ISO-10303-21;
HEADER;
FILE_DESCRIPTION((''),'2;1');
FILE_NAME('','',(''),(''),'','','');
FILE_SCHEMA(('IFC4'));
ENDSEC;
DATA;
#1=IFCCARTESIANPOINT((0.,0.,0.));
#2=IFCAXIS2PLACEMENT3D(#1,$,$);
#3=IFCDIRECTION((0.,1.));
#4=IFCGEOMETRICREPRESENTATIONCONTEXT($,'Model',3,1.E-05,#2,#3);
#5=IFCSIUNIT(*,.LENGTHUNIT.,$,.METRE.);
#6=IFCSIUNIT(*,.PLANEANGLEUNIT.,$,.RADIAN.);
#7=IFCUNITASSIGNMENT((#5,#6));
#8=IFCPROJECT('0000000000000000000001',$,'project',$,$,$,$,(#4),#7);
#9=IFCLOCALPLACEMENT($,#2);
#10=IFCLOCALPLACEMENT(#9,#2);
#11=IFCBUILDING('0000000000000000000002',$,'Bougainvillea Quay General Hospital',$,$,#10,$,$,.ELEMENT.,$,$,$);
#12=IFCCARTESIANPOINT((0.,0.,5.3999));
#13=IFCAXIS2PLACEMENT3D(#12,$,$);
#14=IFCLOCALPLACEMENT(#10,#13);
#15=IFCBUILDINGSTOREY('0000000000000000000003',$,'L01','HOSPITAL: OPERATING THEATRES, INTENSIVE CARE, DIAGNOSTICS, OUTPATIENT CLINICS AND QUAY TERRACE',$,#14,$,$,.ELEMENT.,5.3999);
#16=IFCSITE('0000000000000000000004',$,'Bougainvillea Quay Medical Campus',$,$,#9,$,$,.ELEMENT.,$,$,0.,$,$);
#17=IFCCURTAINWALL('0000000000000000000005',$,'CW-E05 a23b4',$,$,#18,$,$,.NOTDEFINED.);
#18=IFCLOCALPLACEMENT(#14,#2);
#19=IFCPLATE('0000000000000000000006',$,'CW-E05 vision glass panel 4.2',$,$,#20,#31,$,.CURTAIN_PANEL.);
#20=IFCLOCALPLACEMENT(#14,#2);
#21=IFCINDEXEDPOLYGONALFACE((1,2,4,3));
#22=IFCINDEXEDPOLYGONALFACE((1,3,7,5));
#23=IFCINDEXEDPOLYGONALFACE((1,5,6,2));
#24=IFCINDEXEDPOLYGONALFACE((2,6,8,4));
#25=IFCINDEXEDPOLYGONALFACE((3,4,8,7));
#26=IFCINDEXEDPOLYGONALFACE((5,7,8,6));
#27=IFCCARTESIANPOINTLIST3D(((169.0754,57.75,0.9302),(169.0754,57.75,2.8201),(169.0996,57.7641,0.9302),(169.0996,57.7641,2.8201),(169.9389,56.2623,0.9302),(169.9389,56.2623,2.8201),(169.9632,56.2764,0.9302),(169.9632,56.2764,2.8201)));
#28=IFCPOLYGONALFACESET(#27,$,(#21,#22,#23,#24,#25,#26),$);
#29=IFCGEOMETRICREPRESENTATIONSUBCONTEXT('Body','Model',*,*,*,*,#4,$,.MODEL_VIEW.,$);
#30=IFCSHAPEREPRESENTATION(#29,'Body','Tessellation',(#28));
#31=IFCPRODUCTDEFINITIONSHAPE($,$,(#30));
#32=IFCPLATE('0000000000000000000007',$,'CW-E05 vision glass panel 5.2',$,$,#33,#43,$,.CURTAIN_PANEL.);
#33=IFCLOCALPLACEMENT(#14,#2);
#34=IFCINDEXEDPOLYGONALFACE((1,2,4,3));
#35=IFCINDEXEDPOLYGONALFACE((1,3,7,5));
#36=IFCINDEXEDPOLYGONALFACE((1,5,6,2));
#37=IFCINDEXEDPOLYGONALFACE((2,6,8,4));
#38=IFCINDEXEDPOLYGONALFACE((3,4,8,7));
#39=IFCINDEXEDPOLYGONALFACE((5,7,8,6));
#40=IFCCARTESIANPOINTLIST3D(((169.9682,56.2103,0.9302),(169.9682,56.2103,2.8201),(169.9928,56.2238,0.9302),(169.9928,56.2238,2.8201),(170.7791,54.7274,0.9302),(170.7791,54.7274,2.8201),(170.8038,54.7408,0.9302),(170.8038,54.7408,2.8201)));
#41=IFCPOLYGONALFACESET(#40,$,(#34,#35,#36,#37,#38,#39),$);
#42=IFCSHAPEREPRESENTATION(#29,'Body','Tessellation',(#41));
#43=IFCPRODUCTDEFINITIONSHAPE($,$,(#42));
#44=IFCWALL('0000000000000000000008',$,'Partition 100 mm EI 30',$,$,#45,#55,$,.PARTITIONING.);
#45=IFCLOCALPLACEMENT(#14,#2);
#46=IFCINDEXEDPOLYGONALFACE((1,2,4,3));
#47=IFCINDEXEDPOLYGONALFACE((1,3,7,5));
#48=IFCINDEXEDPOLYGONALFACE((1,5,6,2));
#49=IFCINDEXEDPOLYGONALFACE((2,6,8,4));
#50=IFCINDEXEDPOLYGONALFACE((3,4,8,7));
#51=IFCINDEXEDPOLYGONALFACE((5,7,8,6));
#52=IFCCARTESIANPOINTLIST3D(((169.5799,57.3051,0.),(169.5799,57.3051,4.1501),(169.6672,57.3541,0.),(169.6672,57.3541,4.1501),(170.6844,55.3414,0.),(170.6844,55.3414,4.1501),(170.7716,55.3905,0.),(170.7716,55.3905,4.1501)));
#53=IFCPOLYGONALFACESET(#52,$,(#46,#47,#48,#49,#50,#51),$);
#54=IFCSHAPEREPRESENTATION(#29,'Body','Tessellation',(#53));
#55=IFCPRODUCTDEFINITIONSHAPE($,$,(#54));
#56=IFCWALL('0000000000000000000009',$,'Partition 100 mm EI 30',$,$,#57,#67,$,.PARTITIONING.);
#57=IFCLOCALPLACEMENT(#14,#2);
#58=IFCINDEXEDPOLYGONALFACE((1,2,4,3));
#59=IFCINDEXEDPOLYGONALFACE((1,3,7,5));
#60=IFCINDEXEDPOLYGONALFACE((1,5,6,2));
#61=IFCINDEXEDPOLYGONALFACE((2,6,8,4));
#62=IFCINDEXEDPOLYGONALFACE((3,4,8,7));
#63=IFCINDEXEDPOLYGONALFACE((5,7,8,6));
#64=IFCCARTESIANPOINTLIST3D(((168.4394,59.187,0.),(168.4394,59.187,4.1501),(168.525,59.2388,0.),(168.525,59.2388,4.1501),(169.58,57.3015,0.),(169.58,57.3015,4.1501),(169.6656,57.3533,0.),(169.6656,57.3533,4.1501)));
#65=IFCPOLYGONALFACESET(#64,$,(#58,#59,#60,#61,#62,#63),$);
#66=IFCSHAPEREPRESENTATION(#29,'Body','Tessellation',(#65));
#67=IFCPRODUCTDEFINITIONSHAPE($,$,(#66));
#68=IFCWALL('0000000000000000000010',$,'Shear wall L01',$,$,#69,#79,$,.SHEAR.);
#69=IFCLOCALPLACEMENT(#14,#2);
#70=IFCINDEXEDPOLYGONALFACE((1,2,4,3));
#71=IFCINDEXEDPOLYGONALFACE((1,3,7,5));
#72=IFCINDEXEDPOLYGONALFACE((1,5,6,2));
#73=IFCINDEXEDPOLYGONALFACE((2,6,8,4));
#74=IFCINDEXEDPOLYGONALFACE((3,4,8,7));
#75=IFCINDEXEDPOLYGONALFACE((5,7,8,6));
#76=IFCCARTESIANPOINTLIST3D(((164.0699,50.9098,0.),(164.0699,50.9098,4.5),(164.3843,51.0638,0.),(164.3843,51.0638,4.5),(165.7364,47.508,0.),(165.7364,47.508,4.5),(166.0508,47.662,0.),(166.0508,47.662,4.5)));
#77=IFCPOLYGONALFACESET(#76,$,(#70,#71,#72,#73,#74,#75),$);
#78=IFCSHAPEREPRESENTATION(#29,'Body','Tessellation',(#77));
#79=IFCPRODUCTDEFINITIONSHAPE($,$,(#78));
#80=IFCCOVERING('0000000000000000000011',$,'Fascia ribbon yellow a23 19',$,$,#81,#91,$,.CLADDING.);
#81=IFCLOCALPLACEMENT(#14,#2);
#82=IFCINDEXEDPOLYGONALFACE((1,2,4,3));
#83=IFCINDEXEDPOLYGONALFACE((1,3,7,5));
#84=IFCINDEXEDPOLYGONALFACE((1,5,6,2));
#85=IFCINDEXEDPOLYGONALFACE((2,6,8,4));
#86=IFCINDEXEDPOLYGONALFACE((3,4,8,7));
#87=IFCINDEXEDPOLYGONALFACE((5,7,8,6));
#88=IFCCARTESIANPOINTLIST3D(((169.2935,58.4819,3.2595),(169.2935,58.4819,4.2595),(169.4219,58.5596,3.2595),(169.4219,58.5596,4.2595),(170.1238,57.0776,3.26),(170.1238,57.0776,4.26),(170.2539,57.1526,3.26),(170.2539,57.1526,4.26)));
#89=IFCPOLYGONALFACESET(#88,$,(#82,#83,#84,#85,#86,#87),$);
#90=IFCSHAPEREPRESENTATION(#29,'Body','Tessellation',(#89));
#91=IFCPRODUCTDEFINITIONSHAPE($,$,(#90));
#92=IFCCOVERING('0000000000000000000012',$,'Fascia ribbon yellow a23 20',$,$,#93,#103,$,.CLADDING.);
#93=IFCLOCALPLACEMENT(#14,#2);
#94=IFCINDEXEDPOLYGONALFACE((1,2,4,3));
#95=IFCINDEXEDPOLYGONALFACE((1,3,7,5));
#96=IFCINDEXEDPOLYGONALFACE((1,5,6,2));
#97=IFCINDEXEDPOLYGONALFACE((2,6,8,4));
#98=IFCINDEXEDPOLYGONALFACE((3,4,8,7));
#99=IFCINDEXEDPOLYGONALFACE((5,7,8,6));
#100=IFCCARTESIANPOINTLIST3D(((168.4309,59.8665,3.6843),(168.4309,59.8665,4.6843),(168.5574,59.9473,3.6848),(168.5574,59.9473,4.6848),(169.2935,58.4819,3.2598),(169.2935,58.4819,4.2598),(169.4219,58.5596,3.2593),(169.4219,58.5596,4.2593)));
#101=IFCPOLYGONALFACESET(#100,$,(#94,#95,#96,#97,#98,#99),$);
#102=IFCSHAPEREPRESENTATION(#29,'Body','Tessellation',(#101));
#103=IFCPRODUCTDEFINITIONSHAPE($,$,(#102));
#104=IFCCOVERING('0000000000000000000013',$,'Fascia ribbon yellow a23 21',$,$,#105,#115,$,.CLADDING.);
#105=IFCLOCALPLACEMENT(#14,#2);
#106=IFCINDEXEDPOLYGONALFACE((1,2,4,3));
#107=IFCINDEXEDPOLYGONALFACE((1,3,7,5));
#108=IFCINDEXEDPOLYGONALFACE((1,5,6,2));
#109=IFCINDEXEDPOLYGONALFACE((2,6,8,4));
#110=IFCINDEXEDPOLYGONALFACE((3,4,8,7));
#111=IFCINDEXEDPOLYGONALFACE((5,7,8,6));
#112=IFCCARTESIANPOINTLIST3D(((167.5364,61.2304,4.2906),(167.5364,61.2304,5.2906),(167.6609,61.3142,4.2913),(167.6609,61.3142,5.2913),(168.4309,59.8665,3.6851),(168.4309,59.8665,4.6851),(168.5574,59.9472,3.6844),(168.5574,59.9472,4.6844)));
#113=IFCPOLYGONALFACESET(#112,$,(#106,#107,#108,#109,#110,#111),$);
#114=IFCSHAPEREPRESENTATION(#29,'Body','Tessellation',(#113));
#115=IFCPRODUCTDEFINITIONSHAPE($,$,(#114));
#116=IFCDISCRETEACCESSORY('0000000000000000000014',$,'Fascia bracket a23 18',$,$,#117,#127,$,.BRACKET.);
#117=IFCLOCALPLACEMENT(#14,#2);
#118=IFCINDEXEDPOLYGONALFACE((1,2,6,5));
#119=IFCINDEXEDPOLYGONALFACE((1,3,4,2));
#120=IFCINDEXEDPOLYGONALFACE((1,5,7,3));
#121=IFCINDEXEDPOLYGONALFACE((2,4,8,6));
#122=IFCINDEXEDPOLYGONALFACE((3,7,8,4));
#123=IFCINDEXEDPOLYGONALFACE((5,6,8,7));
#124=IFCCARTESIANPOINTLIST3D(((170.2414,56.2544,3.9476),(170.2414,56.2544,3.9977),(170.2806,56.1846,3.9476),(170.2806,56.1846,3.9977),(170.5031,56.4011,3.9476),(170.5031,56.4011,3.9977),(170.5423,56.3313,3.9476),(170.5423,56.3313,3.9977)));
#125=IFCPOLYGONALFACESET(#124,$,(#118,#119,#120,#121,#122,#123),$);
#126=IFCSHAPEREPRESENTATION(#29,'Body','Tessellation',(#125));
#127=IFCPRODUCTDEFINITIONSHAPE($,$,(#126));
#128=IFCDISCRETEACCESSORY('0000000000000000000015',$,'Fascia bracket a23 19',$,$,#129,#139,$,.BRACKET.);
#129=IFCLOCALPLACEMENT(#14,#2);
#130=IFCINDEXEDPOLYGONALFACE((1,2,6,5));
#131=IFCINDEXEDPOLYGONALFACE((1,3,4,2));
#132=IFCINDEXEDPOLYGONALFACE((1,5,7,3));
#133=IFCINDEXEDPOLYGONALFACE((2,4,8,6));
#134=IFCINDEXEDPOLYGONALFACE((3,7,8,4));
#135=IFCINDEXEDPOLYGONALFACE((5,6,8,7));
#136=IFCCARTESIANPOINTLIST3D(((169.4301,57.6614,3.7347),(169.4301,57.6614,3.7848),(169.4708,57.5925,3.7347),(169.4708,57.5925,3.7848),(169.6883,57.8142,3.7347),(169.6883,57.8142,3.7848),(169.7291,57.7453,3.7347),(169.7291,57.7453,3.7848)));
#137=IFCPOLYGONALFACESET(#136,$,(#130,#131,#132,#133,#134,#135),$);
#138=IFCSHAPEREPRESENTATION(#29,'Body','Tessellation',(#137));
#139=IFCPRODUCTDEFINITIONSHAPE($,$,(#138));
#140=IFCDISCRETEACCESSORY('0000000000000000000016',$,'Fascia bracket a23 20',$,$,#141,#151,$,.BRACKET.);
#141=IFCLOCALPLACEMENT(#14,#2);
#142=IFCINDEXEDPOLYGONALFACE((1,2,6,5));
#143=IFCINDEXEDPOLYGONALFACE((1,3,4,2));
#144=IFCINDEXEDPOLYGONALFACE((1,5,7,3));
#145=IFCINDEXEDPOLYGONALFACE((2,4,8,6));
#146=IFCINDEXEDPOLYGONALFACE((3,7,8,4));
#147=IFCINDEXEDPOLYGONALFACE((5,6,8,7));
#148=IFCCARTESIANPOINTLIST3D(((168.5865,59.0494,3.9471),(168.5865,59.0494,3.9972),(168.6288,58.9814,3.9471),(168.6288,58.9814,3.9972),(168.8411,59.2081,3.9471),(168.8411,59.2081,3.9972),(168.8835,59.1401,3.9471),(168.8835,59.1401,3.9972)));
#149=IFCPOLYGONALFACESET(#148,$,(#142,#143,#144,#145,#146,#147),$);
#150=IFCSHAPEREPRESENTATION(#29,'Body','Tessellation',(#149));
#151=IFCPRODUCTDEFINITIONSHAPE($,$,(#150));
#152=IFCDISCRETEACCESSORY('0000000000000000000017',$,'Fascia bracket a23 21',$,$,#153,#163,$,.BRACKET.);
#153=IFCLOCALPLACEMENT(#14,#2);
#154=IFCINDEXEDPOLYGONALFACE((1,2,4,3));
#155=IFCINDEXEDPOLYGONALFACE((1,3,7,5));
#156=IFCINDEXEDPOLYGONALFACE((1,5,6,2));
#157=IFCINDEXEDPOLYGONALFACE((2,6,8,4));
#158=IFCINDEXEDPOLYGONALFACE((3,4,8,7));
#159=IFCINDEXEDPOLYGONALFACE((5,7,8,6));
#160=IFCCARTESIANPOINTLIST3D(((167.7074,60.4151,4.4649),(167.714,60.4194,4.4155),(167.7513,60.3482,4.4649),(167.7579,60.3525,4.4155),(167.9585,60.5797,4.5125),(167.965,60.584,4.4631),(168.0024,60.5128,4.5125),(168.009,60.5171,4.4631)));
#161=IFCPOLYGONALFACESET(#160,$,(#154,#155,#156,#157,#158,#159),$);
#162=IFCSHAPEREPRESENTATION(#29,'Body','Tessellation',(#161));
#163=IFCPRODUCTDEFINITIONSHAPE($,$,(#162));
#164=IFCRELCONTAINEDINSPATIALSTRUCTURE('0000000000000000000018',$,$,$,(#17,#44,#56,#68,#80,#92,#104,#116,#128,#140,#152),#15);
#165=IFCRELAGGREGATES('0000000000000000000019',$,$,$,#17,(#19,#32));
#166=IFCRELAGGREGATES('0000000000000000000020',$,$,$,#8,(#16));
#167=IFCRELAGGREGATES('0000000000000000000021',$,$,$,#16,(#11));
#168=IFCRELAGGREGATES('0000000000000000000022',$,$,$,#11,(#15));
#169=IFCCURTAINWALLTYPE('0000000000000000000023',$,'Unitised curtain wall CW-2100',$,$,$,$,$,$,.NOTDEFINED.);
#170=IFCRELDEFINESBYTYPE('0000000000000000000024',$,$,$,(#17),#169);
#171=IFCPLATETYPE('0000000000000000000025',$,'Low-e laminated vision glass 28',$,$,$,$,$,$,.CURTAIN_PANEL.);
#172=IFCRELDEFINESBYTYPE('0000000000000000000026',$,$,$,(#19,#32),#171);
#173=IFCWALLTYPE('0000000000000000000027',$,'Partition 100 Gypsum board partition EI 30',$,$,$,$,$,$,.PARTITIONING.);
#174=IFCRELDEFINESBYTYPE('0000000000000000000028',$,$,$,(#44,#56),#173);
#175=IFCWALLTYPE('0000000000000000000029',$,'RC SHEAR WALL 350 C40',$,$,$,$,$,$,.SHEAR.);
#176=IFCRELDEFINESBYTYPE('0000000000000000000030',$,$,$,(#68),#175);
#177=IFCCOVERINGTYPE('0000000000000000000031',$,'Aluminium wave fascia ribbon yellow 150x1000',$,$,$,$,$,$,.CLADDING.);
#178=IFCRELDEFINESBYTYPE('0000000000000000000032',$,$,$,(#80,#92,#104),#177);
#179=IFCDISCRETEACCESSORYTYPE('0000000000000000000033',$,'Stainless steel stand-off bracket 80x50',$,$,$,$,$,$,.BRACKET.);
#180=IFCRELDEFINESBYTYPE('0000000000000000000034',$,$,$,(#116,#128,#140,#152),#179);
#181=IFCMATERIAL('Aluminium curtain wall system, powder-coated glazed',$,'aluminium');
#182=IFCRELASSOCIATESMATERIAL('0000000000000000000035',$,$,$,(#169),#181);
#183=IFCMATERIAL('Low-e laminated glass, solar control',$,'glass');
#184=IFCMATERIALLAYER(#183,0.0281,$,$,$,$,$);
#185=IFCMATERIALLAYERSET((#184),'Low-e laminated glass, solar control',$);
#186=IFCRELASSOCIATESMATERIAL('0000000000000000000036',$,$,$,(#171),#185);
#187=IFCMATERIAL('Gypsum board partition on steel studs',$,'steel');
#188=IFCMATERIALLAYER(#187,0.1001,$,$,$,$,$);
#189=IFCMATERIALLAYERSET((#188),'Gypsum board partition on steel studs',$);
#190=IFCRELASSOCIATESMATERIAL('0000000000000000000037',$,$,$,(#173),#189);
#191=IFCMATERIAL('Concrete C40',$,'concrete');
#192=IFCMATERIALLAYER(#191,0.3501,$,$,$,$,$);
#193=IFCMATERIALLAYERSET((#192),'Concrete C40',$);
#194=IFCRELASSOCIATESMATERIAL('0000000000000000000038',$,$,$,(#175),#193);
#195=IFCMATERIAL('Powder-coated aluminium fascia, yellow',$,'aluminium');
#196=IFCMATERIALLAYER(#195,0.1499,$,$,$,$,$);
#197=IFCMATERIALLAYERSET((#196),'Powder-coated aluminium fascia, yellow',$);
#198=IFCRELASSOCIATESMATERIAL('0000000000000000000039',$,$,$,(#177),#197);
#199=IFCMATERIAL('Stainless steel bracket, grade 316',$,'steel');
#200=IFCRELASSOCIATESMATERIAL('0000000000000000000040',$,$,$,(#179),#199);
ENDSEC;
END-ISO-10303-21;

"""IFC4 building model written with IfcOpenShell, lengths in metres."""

from ifc_helpers import new_model, si_unit, direction, frame, frame_2d, origin, origin_2d, place, context, subcontext, project, spatial, polyline, rectangle, outline, extrude, material, layer, layer_set, material_profile, profile_set, type_object, element, aggregate, save


model = new_model("IFC4")

# Units and contexts
model_context = context("Model", 3, precision=1e-05, world=origin(), true_north=direction((0.0, 1.0)))
body_context = subcontext(model_context, "Body", "Model", "MODEL_VIEW")
ifc_project = project(units=[si_unit("LENGTHUNIT", "METRE"), si_unit("PLANEANGLEUNIT", "RADIAN")], contexts=[model_context])

# Site, building, storey
site_placement = place(None, origin())
site = spatial("IfcSite", under=ifc_project, at=site_placement, Name="Bougainvillea Quay Medical Campus", CompositionType="ELEMENT", RefElevation=0.0)
building_placement = place(site_placement, origin())
building = spatial("IfcBuilding", under=site, at=building_placement, Name="Bougainvillea Quay General Hospital", CompositionType="ELEMENT")
storey_placement = place(building_placement, frame((0.0, 0.0, 5.3999)))
storey = spatial("IfcBuildingStorey", under=building, at=storey_placement, Name="L01", Description="HOSPITAL: OPERATING THEATRES, INTENSIVE CARE, DIAGNOSTICS, OUTPATIENT CLINICS AND QUAY TERRACE", CompositionType="ELEMENT", Elevation=5.3999)

# Curtain wall, plates
ifc_material_1 = material(Name="Aluminium curtain wall system, powder-coated glazed", Category="aluminium")
curtain_wall_type = type_object("IfcCurtainWallType", Name="Unitised curtain wall CW-2100", PredefinedType="NOTDEFINED", material=ifc_material_1)
curtain_wall_placement = place(storey_placement, origin())
curtain_wall = element("IfcCurtainWall", 1, at=curtain_wall_placement, inside=storey, type_object=curtain_wall_type, Name="CW-E05 a23b4", PredefinedType="NOTDEFINED")
ifc_material_2 = material(Name="Low-e laminated glass, solar control", Category="glass")
ifc_layer_1 = layer(ifc_material_2, 0.0281)
ifc_layer_set_1 = layer_set([ifc_layer_1], Name="Low-e laminated glass, solar control")
plate_type_1 = type_object("IfcPlateType", Name="Low-e laminated vision glass 28", PredefinedType="CURTAIN_PANEL", material=ifc_layer_set_1)
plate_1_placement = place(storey_placement, frame((169.5193, 57.0132, 0.9302), z_axis=(0.0, 0.0, 1.0), x_axis=(0.502018, -0.864857, 0.0)))
plate_1 = element("IfcPlate", 2, at=plate_1_placement, type_object=plate_type_1, Name="CW-E05 vision glass panel 4.2", PredefinedType="CURTAIN_PANEL", context=body_context, shape_type="SweptSolid", body=[
    extrude(rectangle(XDim=1.7202, YDim=0.0281, at=origin_2d()), origin(), (0.0, 0.0, 1.0), 1.8899),
])
plate_2_placement = place(storey_placement, frame((170.386, 55.4756, 0.9302), z_axis=(0.0, 0.0, 1.0), x_axis=(0.479783, -0.877387, 0.0)))
plate_2 = element("IfcPlate", 3, at=plate_2_placement, type_object=plate_type_1, Name="CW-E05 vision glass panel 5.2", PredefinedType="CURTAIN_PANEL", context=body_context, shape_type="SweptSolid", body=[
    extrude(rectangle(XDim=1.6902, YDim=0.0281, at=origin_2d()), origin(), (0.0, 0.0, 1.0), 1.8899),
])
aggregate(curtain_wall, [plate_1, plate_2])

# Walls
ifc_material_3 = material(Name="Gypsum board partition on steel studs", Category="steel")
ifc_layer_2 = layer(ifc_material_3, 0.1001)
ifc_layer_set_2 = layer_set([ifc_layer_2], Name="Gypsum board partition on steel studs")
wall_type_1 = type_object("IfcWallType", Name="Partition 100 Gypsum board partition EI 30", PredefinedType="PARTITIONING", material=ifc_layer_set_2)
wall_1_placement = place(storey_placement, frame((169.6235, 57.3296, 0.0), z_axis=(0.0, 0.0, 1.0), x_axis=(0.490246, -0.871584, 0.0)))
element("IfcWall", 4, at=wall_1_placement, inside=storey, type_object=wall_type_1, Name="Partition 100 mm EI 30", PredefinedType="PARTITIONING", context=body_context, shape_type="SweptSolid", body=[
    extrude(rectangle(XDim=2.2529, YDim=0.1001, at=frame_2d((1.1265, 0.0))), origin(), (0.0, 0.0, 1.0), 4.1501),
])
wall_2_placement = place(storey_placement, frame((168.4822, 59.2129, 0.0), z_axis=(0.0, 0.0, 1.0), x_axis=(0.517604, -0.85562, 0.0)))
element("IfcWall", 5, at=wall_2_placement, inside=storey, type_object=wall_type_1, Name="Partition 100 mm EI 30", PredefinedType="PARTITIONING", context=body_context, shape_type="SweptSolid", body=[
    extrude(rectangle(XDim=2.2036, YDim=0.1001, at=frame_2d((1.1018, 0.0))), origin(), (0.0, 0.0, 1.0), 4.1501),
])
ifc_material_4 = material(Name="Concrete C40", Category="concrete")
ifc_layer_3 = layer(ifc_material_4, 0.3501)
ifc_layer_set_3 = layer_set([ifc_layer_3], Name="Concrete C40")
wall_type_2 = type_object("IfcWallType", Name="RC SHEAR WALL 350 C40", PredefinedType="SHEAR", material=ifc_layer_set_3)
wall_3_placement = place(storey_placement, frame((165.8936, 47.585, 0.0), z_axis=(0.0, 0.0, 1.0), x_axis=(-0.439929, 0.898033, 0.0)))
element("IfcWall", 6, at=wall_3_placement, inside=storey, type_object=wall_type_2, Name="Shear wall L01", PredefinedType="SHEAR", context=body_context, shape_type="SweptSolid", body=[
    extrude(rectangle(XDim=3.7881, YDim=0.3501, at=frame_2d((1.894, 0.0))), origin(), (0.0, 0.0, 1.0), 4.5),
])

# Coverings
ifc_material_5 = material(Name="Powder-coated aluminium fascia, yellow", Category="aluminium")
ifc_layer_4 = layer(ifc_material_5, 0.1499)
ifc_layer_set_4 = layer_set([ifc_layer_4], Name="Powder-coated aluminium fascia, yellow")
covering_type = type_object("IfcCoveringType", Name="Aluminium wave fascia ribbon yellow 150x1000", PredefinedType="CLADDING", material=ifc_layer_set_4)
covering_1_placement = place(storey_placement, frame((170.1238, 57.0776, 3.26), z_axis=(-0.000152, 0.000258, 1.0), x_axis=(-0.508961, 0.860789, -0.000299)))
element("IfcCovering", 7, at=covering_1_placement, inside=storey, type_object=covering_type, Name="Fascia ribbon yellow a23 19", PredefinedType="CLADDING", context=body_context, shape_type="SweptSolid", body=[
    extrude(outline(polyline([(0.0, 0.0), (1.6314, 0.0), (1.6329, -0.1501), (-0.0017, -0.1502), (0.0, 0.0)])), origin(), (-0.000299, 0.0, 1.0), 1.0),
])
covering_2_placement = place(storey_placement, frame((169.2935, 58.4819, 3.2598), z_axis=(0.132981, -0.213917, 0.967758), x_axis=(-0.511725, 0.821397, 0.251882)))
element("IfcCovering", 8, at=covering_2_placement, inside=storey, type_object=covering_type, Name="Fascia ribbon yellow a23 20", PredefinedType="CLADDING", context=body_context, shape_type="SweptSolid", body=[
    extrude(outline(polyline([(0.0, 0.0), (1.6856, 0.0), (1.6874, -0.1501), (-0.0021, -0.15), (0.0, 0.0)])), origin(), (0.251882, -0.000237, 0.967758), 1.0),
])
covering_3_placement = place(storey_placement, frame((168.4309, 59.8665, 3.6851), z_axis=(0.190824, -0.291048, 0.937485), x_axis=(-0.514115, 0.783941, 0.348027)))
element("IfcCovering", 9, at=covering_3_placement, inside=storey, type_object=covering_type, Name="Fascia ribbon yellow a23 21", PredefinedType="CLADDING", context=body_context, shape_type="SweptSolid", body=[
    extrude(outline(polyline([(0.0, 0.0), (1.7399, 0.0), (1.7418, -0.15), (-0.0019, -0.1501), (0.0, 0.0)])), origin(), (0.348027, -0.000038, 0.937485), 1.0),
])

# Discrete accessories
ifc_material_6 = material(Name="Stainless steel bracket, grade 316", Category="steel")
ifc_material_profile_1 = material_profile(ifc_material_6, rectangle(XDim=0.0801, YDim=0.05, at=origin_2d()))
ifc_profile_set_1 = profile_set([ifc_material_profile_1], Name="Stainless steel bracket, grade 316")
discrete_accessory_type = type_object("IfcDiscreteAccessoryType", Name="Stainless steel stand-off bracket 80x50", PredefinedType="BRACKET", material=ifc_profile_set_1)
for number, where, z_axis, x_axis, name in (
    (10, (170.261, 56.2195, 3.9727), (0.87227, 0.489025, 0.0), (-0.489025, 0.87227, 0.0), "Fascia bracket a23 18"),
    (11, (169.4504, 57.627, 3.7598), (0.860635, 0.509223, 0.0), (-0.509223, 0.860635, 0.0), "Fascia bracket a23 19"),
    (12, (168.6077, 59.0154, 3.9722), (0.848683, 0.528901, 0.0), (-0.528901, 0.848683, 0.0), "Fascia bracket a23 20"),
):
    element("IfcDiscreteAccessory", number, at=place(storey_placement, frame(where, z_axis=z_axis, x_axis=x_axis)), inside=storey, type_object=discrete_accessory_type, Name=name, PredefinedType="BRACKET", context=body_context, shape_type="SweptSolid", body=[
        extrude(rectangle(XDim=0.0801, YDim=0.05, at=origin_2d()), origin(), (0.0, 0.0, 1.0), 0.3),
    ])
discrete_accessory_placement = place(storey_placement, frame((167.7327, 60.3838, 4.4402), z_axis=(0.825953, 0.54153, 0.156674), x_axis=(-0.548301, 0.836281, 0.0)))
element("IfcDiscreteAccessory", 13, at=discrete_accessory_placement, inside=storey, type_object=discrete_accessory_type, Name="Fascia bracket a23 21", PredefinedType="BRACKET", context=body_context, shape_type="SweptSolid", body=[
    extrude(rectangle(XDim=0.0801, YDim=0.05, at=origin_2d()), origin(), (0.0, 0.0, 1.0), 0.304),
])

save(model, "model.ifc")
